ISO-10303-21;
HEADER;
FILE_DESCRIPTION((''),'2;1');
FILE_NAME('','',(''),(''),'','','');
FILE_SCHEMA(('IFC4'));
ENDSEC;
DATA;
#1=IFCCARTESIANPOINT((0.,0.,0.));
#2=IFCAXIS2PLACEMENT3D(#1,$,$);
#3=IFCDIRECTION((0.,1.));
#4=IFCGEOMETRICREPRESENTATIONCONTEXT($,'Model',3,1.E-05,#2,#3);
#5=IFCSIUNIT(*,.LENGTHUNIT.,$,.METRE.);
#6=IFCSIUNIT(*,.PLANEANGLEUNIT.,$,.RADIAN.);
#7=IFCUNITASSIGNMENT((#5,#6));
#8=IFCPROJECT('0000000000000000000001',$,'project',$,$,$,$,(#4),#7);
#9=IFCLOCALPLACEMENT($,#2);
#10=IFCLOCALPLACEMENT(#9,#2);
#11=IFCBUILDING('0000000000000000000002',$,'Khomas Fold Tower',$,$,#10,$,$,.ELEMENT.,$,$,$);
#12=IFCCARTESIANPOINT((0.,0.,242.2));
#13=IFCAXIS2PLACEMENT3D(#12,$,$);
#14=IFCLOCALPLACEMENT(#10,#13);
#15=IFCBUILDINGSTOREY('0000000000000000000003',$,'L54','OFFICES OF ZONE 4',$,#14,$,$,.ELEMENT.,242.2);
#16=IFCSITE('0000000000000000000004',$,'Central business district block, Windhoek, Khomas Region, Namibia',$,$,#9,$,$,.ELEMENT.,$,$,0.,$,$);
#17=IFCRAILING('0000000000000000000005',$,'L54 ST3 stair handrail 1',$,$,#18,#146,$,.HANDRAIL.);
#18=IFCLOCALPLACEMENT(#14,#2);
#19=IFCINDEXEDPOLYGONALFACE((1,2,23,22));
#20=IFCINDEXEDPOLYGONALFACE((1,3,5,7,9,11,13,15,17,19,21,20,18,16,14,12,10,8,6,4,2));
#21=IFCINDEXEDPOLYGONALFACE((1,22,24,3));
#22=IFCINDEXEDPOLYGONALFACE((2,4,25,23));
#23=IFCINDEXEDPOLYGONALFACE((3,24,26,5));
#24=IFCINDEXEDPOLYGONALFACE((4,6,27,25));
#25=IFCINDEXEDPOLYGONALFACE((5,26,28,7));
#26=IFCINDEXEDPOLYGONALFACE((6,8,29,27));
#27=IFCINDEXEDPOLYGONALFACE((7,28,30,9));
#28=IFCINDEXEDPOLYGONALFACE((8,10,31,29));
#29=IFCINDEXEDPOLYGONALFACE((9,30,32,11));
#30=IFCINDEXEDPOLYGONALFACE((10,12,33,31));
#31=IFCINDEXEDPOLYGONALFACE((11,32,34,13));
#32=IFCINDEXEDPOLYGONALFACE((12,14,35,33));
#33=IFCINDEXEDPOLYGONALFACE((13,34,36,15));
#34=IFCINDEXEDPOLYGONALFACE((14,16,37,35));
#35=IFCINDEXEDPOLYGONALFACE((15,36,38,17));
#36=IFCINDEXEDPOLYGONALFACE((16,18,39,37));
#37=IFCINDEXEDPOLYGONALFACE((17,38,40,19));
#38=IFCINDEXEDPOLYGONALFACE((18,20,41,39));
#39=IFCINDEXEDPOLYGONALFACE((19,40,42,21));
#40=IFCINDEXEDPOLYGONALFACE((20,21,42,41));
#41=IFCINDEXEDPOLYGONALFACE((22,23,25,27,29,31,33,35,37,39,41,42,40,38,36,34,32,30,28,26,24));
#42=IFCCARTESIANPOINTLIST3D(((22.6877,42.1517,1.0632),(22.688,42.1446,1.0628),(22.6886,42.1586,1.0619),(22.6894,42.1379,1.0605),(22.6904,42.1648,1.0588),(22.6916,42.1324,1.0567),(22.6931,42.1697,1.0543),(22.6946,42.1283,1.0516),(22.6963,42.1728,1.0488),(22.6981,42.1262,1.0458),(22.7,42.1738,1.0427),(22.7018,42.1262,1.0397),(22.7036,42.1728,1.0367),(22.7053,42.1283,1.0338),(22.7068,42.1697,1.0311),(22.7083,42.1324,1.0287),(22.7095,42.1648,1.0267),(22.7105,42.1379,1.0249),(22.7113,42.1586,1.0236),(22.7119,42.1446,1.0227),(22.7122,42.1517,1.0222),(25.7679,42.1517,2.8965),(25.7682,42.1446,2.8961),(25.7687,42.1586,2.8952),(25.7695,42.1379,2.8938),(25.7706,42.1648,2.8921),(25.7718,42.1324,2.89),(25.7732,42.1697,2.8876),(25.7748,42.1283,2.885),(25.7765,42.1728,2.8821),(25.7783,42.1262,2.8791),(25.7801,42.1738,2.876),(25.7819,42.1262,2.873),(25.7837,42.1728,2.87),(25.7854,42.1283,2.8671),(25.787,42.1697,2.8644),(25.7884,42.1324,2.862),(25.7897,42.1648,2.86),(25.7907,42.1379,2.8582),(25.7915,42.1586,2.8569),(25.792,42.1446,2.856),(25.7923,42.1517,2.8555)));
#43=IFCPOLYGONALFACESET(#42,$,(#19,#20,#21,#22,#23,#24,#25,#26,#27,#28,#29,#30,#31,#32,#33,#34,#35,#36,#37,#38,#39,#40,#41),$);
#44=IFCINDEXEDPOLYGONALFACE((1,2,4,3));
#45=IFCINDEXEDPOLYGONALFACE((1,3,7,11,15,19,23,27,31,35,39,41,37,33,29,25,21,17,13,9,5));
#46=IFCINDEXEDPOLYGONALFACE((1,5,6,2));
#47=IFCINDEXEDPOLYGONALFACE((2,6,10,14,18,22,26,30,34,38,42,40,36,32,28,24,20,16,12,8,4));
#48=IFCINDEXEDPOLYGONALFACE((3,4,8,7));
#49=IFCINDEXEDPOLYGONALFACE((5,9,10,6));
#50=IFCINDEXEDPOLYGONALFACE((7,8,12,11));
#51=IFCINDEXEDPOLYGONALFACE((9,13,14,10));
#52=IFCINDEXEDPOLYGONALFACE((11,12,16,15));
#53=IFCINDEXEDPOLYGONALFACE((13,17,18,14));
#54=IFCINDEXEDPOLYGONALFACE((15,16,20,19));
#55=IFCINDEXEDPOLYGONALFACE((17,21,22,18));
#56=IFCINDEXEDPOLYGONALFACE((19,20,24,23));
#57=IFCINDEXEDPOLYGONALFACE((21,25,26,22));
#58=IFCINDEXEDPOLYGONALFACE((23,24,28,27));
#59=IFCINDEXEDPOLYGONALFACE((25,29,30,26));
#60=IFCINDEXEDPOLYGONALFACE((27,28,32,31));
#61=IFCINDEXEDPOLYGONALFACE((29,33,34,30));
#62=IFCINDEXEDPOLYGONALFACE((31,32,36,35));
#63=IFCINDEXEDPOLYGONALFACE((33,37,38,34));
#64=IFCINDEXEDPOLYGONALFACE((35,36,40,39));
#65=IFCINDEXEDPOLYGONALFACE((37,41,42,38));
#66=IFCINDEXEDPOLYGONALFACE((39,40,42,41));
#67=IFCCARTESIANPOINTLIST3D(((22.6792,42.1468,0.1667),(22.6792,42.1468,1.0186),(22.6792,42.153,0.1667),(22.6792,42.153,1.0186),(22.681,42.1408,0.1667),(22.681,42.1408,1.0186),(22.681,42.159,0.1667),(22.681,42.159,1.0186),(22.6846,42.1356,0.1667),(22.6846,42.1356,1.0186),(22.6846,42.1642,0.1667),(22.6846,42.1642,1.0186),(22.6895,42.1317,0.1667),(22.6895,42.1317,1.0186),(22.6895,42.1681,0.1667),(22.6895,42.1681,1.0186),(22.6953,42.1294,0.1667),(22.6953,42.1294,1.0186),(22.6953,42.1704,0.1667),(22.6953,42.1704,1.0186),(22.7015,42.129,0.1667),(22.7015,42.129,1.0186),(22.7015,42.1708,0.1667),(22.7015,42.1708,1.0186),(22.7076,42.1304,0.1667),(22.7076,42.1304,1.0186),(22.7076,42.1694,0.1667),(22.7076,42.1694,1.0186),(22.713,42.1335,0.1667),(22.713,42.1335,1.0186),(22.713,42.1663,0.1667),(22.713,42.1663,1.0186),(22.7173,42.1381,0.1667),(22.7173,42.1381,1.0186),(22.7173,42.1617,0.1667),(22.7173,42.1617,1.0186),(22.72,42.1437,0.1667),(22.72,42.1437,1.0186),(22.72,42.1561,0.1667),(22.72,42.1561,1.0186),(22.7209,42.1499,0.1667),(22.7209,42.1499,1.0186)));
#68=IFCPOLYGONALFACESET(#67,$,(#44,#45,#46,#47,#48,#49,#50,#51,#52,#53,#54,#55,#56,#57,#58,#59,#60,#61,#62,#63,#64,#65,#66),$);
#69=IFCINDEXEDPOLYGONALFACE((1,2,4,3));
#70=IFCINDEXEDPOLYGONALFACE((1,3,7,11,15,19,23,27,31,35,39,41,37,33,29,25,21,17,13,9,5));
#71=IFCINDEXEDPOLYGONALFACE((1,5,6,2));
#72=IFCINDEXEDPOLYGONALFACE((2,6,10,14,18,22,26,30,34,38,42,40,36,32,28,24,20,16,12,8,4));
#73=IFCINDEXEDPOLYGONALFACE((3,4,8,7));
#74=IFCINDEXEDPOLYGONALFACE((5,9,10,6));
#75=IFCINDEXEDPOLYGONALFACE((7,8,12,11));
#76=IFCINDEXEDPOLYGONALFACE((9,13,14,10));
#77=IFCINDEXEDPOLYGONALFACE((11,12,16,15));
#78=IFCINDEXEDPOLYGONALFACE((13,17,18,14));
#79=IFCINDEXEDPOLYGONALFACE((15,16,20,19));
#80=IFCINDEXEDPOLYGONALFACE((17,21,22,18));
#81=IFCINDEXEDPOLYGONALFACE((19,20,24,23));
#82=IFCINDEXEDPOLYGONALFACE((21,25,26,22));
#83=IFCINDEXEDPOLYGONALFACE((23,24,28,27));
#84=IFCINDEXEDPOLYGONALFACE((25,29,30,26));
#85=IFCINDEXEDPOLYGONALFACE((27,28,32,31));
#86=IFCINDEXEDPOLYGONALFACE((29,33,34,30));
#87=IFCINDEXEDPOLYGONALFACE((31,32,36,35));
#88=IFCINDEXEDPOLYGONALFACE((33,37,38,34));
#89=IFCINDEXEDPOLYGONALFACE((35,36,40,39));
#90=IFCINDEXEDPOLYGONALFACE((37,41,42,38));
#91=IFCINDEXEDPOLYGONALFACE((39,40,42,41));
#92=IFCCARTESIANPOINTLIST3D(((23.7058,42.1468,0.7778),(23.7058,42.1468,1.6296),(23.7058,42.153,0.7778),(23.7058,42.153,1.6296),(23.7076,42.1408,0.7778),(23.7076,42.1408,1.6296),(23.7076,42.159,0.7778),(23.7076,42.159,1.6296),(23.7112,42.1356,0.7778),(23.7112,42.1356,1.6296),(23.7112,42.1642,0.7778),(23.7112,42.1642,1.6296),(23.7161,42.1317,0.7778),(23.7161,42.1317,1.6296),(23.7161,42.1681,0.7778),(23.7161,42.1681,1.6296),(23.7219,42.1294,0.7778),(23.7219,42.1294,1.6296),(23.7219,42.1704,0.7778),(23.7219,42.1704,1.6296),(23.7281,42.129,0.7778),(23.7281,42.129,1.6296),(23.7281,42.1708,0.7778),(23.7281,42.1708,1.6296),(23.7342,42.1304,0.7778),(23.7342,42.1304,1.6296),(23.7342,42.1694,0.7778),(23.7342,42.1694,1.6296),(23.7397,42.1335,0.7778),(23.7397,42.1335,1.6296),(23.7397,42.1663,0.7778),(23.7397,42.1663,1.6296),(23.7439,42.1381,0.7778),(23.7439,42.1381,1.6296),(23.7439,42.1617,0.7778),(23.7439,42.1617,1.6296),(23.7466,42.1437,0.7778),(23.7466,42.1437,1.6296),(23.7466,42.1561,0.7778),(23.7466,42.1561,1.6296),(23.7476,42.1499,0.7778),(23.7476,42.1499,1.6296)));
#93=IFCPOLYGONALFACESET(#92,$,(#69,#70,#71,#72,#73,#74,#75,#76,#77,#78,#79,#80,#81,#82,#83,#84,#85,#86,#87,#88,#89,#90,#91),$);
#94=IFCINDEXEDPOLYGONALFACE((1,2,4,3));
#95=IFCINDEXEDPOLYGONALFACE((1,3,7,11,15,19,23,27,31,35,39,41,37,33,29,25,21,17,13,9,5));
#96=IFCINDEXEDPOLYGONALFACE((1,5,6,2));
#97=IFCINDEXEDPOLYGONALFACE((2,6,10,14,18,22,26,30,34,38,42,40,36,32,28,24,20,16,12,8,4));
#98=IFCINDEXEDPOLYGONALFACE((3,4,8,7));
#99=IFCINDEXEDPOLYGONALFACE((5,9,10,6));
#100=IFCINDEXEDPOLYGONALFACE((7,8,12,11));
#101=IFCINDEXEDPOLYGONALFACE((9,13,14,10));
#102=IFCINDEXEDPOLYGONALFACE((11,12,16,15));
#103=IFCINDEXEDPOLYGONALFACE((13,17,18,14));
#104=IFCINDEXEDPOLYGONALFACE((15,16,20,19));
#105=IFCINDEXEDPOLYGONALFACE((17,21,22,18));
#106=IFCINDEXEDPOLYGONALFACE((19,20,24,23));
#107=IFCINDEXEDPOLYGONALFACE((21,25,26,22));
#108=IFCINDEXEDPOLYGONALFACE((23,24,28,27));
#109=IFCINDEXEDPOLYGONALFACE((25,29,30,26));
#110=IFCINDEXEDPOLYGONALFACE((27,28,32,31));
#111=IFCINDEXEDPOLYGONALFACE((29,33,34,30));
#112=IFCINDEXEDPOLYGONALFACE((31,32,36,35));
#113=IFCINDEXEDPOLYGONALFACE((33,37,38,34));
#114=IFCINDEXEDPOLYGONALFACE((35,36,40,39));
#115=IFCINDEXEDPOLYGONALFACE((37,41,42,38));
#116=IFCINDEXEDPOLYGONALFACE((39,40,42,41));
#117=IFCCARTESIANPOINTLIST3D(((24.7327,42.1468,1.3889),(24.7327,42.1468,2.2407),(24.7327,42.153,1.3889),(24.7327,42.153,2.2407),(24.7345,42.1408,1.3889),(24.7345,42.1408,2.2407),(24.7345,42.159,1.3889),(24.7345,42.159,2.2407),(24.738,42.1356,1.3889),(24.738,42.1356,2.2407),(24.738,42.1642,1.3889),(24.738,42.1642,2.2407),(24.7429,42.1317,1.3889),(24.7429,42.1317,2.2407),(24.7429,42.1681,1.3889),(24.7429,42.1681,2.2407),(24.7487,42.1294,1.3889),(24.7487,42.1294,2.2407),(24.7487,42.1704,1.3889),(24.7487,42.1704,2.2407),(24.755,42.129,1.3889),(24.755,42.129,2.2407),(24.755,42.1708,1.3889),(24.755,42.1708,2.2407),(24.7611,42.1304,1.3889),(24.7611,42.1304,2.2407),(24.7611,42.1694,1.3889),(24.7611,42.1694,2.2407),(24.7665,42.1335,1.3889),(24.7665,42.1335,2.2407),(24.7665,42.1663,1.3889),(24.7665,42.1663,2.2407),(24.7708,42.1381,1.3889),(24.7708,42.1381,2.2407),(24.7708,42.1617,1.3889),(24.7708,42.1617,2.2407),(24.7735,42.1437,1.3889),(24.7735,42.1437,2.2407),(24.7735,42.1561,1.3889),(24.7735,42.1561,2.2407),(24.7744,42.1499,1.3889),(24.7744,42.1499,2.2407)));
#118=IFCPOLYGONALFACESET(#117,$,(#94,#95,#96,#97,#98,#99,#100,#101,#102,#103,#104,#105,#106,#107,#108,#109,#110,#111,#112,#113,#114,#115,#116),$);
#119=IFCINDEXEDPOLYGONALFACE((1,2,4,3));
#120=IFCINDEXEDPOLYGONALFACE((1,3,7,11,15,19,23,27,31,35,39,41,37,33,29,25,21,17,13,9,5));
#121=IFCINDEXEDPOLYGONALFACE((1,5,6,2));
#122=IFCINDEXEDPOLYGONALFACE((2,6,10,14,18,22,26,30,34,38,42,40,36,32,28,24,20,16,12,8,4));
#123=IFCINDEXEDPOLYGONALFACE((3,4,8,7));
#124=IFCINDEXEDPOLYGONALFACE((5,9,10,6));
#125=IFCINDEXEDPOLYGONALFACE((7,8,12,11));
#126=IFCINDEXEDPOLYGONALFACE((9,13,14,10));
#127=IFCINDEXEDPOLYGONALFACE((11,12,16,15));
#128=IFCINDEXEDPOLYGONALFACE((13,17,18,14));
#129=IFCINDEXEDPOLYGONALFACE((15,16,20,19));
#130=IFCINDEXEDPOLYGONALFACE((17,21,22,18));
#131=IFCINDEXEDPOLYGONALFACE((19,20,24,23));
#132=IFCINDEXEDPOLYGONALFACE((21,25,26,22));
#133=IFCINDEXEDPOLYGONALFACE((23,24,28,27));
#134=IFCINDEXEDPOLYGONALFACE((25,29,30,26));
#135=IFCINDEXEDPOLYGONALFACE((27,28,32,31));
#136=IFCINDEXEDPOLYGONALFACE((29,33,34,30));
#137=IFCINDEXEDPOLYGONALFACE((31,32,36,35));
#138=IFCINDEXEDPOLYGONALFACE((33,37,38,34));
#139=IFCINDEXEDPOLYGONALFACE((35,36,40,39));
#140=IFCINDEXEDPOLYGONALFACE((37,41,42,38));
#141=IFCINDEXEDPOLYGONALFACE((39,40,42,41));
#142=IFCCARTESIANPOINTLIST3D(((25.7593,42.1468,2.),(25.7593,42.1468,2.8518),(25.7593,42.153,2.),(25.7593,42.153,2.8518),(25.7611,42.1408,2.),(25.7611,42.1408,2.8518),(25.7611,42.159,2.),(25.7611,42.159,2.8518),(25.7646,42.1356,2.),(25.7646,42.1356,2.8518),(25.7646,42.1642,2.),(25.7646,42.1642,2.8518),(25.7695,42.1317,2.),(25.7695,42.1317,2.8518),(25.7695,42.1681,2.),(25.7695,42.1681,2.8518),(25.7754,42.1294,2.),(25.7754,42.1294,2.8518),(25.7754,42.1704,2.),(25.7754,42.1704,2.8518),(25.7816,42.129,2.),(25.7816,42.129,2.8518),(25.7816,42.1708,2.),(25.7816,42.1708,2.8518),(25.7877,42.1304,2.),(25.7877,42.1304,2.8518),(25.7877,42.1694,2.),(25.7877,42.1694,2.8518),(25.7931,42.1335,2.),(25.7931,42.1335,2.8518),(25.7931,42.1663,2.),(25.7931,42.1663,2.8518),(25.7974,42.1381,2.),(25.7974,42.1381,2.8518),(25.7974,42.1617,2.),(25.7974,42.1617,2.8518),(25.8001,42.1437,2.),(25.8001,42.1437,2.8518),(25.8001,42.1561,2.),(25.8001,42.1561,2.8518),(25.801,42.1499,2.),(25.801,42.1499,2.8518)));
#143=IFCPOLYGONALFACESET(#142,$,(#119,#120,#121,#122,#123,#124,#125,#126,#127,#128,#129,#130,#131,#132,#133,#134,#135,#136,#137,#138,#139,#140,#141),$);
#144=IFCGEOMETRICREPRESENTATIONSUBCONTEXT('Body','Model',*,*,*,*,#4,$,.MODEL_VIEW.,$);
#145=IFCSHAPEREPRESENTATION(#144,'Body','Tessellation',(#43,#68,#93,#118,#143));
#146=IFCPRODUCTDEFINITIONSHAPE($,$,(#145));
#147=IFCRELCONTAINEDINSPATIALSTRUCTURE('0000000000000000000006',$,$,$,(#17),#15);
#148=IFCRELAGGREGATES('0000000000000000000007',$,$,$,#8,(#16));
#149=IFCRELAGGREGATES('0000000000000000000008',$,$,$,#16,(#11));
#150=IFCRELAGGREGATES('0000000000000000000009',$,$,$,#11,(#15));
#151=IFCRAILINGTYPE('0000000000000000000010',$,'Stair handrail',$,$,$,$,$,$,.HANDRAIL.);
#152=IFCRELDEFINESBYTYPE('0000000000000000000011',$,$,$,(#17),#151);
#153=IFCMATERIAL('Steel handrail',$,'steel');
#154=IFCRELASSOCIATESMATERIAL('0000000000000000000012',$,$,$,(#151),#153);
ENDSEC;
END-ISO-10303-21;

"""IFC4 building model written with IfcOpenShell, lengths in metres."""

from ifc_helpers import new_model, si_unit, direction, frame, origin, origin_2d, place, context, subcontext, project, spatial, circle, extrude, source, transform, mapped, material, type_object, element, save


model = new_model("IFC4")

# Units and contexts
model_context = context("Model", 3, precision=1e-05, world=origin(), true_north=direction((0.0, 1.0)))
body_context = subcontext(model_context, "Body", "Model", "MODEL_VIEW")
ifc_project = project(units=[si_unit("LENGTHUNIT", "METRE"), si_unit("PLANEANGLEUNIT", "RADIAN")], contexts=[model_context])

# Site, building, storey
site_placement = place(None, origin())
site = spatial("IfcSite", under=ifc_project, at=site_placement, Name="Central business district block, Windhoek, Khomas Region, Namibia", CompositionType="ELEMENT", RefElevation=0.0)
building_placement = place(site_placement, origin())
building = spatial("IfcBuilding", under=site, at=building_placement, Name="Khomas Fold Tower", CompositionType="ELEMENT")
storey_placement = place(building_placement, frame((0.0, 0.0, 242.2)))
storey = spatial("IfcBuildingStorey", under=building, at=storey_placement, Name="L54", Description="OFFICES OF ZONE 4", CompositionType="ELEMENT", Elevation=242.2)

# Railing
ifc_material_1 = material(Name="Steel handrail", Category="steel")
railing_type_1 = type_object("IfcRailingType", Name="Stair handrail", PredefinedType="HANDRAIL", material=ifc_material_1)
shared_shape_1 = source(origin(), body_context, "Body", "SweptSolid", [
    extrude(circle(Radius=0.0239, at=origin_2d()), frame((0.0, 0.0, 0.876), z_axis=(0.859309, 0.0, 0.511458), x_axis=(0.0, 1.0, 0.0)), (0.0, 0.0, 1.0), 3.5845),
    extrude(circle(Radius=0.021, at=origin_2d()), origin(), (0.0, 0.0, 1.0), 0.8518),
    extrude(circle(Radius=0.021, at=origin_2d()), frame((1.0266, 0.0, 0.6111)), (0.0, 0.0, 1.0), 0.8518),
    extrude(circle(Radius=0.021, at=origin_2d()), frame((2.0535, 0.0, 1.2222)), (0.0, 0.0, 1.0), 0.8518),
    extrude(circle(Radius=0.021, at=origin_2d()), frame((3.0801, 0.0, 1.8333)), (0.0, 0.0, 1.0), 0.8518),
])
railing_1_placement = place(storey_placement, frame((22.7, 42.1499, 0.1667)))
element("IfcRailing", 1, at=railing_1_placement, inside=storey, type_object=railing_type_1, Name="L54 ST3 stair handrail 1", PredefinedType="HANDRAIL", context=body_context, shape_type="MappedRepresentation", body=[
    mapped(shared_shape_1, transform((0.0, 0.0, 0.0))),
])

save(model, "model.ifc")
